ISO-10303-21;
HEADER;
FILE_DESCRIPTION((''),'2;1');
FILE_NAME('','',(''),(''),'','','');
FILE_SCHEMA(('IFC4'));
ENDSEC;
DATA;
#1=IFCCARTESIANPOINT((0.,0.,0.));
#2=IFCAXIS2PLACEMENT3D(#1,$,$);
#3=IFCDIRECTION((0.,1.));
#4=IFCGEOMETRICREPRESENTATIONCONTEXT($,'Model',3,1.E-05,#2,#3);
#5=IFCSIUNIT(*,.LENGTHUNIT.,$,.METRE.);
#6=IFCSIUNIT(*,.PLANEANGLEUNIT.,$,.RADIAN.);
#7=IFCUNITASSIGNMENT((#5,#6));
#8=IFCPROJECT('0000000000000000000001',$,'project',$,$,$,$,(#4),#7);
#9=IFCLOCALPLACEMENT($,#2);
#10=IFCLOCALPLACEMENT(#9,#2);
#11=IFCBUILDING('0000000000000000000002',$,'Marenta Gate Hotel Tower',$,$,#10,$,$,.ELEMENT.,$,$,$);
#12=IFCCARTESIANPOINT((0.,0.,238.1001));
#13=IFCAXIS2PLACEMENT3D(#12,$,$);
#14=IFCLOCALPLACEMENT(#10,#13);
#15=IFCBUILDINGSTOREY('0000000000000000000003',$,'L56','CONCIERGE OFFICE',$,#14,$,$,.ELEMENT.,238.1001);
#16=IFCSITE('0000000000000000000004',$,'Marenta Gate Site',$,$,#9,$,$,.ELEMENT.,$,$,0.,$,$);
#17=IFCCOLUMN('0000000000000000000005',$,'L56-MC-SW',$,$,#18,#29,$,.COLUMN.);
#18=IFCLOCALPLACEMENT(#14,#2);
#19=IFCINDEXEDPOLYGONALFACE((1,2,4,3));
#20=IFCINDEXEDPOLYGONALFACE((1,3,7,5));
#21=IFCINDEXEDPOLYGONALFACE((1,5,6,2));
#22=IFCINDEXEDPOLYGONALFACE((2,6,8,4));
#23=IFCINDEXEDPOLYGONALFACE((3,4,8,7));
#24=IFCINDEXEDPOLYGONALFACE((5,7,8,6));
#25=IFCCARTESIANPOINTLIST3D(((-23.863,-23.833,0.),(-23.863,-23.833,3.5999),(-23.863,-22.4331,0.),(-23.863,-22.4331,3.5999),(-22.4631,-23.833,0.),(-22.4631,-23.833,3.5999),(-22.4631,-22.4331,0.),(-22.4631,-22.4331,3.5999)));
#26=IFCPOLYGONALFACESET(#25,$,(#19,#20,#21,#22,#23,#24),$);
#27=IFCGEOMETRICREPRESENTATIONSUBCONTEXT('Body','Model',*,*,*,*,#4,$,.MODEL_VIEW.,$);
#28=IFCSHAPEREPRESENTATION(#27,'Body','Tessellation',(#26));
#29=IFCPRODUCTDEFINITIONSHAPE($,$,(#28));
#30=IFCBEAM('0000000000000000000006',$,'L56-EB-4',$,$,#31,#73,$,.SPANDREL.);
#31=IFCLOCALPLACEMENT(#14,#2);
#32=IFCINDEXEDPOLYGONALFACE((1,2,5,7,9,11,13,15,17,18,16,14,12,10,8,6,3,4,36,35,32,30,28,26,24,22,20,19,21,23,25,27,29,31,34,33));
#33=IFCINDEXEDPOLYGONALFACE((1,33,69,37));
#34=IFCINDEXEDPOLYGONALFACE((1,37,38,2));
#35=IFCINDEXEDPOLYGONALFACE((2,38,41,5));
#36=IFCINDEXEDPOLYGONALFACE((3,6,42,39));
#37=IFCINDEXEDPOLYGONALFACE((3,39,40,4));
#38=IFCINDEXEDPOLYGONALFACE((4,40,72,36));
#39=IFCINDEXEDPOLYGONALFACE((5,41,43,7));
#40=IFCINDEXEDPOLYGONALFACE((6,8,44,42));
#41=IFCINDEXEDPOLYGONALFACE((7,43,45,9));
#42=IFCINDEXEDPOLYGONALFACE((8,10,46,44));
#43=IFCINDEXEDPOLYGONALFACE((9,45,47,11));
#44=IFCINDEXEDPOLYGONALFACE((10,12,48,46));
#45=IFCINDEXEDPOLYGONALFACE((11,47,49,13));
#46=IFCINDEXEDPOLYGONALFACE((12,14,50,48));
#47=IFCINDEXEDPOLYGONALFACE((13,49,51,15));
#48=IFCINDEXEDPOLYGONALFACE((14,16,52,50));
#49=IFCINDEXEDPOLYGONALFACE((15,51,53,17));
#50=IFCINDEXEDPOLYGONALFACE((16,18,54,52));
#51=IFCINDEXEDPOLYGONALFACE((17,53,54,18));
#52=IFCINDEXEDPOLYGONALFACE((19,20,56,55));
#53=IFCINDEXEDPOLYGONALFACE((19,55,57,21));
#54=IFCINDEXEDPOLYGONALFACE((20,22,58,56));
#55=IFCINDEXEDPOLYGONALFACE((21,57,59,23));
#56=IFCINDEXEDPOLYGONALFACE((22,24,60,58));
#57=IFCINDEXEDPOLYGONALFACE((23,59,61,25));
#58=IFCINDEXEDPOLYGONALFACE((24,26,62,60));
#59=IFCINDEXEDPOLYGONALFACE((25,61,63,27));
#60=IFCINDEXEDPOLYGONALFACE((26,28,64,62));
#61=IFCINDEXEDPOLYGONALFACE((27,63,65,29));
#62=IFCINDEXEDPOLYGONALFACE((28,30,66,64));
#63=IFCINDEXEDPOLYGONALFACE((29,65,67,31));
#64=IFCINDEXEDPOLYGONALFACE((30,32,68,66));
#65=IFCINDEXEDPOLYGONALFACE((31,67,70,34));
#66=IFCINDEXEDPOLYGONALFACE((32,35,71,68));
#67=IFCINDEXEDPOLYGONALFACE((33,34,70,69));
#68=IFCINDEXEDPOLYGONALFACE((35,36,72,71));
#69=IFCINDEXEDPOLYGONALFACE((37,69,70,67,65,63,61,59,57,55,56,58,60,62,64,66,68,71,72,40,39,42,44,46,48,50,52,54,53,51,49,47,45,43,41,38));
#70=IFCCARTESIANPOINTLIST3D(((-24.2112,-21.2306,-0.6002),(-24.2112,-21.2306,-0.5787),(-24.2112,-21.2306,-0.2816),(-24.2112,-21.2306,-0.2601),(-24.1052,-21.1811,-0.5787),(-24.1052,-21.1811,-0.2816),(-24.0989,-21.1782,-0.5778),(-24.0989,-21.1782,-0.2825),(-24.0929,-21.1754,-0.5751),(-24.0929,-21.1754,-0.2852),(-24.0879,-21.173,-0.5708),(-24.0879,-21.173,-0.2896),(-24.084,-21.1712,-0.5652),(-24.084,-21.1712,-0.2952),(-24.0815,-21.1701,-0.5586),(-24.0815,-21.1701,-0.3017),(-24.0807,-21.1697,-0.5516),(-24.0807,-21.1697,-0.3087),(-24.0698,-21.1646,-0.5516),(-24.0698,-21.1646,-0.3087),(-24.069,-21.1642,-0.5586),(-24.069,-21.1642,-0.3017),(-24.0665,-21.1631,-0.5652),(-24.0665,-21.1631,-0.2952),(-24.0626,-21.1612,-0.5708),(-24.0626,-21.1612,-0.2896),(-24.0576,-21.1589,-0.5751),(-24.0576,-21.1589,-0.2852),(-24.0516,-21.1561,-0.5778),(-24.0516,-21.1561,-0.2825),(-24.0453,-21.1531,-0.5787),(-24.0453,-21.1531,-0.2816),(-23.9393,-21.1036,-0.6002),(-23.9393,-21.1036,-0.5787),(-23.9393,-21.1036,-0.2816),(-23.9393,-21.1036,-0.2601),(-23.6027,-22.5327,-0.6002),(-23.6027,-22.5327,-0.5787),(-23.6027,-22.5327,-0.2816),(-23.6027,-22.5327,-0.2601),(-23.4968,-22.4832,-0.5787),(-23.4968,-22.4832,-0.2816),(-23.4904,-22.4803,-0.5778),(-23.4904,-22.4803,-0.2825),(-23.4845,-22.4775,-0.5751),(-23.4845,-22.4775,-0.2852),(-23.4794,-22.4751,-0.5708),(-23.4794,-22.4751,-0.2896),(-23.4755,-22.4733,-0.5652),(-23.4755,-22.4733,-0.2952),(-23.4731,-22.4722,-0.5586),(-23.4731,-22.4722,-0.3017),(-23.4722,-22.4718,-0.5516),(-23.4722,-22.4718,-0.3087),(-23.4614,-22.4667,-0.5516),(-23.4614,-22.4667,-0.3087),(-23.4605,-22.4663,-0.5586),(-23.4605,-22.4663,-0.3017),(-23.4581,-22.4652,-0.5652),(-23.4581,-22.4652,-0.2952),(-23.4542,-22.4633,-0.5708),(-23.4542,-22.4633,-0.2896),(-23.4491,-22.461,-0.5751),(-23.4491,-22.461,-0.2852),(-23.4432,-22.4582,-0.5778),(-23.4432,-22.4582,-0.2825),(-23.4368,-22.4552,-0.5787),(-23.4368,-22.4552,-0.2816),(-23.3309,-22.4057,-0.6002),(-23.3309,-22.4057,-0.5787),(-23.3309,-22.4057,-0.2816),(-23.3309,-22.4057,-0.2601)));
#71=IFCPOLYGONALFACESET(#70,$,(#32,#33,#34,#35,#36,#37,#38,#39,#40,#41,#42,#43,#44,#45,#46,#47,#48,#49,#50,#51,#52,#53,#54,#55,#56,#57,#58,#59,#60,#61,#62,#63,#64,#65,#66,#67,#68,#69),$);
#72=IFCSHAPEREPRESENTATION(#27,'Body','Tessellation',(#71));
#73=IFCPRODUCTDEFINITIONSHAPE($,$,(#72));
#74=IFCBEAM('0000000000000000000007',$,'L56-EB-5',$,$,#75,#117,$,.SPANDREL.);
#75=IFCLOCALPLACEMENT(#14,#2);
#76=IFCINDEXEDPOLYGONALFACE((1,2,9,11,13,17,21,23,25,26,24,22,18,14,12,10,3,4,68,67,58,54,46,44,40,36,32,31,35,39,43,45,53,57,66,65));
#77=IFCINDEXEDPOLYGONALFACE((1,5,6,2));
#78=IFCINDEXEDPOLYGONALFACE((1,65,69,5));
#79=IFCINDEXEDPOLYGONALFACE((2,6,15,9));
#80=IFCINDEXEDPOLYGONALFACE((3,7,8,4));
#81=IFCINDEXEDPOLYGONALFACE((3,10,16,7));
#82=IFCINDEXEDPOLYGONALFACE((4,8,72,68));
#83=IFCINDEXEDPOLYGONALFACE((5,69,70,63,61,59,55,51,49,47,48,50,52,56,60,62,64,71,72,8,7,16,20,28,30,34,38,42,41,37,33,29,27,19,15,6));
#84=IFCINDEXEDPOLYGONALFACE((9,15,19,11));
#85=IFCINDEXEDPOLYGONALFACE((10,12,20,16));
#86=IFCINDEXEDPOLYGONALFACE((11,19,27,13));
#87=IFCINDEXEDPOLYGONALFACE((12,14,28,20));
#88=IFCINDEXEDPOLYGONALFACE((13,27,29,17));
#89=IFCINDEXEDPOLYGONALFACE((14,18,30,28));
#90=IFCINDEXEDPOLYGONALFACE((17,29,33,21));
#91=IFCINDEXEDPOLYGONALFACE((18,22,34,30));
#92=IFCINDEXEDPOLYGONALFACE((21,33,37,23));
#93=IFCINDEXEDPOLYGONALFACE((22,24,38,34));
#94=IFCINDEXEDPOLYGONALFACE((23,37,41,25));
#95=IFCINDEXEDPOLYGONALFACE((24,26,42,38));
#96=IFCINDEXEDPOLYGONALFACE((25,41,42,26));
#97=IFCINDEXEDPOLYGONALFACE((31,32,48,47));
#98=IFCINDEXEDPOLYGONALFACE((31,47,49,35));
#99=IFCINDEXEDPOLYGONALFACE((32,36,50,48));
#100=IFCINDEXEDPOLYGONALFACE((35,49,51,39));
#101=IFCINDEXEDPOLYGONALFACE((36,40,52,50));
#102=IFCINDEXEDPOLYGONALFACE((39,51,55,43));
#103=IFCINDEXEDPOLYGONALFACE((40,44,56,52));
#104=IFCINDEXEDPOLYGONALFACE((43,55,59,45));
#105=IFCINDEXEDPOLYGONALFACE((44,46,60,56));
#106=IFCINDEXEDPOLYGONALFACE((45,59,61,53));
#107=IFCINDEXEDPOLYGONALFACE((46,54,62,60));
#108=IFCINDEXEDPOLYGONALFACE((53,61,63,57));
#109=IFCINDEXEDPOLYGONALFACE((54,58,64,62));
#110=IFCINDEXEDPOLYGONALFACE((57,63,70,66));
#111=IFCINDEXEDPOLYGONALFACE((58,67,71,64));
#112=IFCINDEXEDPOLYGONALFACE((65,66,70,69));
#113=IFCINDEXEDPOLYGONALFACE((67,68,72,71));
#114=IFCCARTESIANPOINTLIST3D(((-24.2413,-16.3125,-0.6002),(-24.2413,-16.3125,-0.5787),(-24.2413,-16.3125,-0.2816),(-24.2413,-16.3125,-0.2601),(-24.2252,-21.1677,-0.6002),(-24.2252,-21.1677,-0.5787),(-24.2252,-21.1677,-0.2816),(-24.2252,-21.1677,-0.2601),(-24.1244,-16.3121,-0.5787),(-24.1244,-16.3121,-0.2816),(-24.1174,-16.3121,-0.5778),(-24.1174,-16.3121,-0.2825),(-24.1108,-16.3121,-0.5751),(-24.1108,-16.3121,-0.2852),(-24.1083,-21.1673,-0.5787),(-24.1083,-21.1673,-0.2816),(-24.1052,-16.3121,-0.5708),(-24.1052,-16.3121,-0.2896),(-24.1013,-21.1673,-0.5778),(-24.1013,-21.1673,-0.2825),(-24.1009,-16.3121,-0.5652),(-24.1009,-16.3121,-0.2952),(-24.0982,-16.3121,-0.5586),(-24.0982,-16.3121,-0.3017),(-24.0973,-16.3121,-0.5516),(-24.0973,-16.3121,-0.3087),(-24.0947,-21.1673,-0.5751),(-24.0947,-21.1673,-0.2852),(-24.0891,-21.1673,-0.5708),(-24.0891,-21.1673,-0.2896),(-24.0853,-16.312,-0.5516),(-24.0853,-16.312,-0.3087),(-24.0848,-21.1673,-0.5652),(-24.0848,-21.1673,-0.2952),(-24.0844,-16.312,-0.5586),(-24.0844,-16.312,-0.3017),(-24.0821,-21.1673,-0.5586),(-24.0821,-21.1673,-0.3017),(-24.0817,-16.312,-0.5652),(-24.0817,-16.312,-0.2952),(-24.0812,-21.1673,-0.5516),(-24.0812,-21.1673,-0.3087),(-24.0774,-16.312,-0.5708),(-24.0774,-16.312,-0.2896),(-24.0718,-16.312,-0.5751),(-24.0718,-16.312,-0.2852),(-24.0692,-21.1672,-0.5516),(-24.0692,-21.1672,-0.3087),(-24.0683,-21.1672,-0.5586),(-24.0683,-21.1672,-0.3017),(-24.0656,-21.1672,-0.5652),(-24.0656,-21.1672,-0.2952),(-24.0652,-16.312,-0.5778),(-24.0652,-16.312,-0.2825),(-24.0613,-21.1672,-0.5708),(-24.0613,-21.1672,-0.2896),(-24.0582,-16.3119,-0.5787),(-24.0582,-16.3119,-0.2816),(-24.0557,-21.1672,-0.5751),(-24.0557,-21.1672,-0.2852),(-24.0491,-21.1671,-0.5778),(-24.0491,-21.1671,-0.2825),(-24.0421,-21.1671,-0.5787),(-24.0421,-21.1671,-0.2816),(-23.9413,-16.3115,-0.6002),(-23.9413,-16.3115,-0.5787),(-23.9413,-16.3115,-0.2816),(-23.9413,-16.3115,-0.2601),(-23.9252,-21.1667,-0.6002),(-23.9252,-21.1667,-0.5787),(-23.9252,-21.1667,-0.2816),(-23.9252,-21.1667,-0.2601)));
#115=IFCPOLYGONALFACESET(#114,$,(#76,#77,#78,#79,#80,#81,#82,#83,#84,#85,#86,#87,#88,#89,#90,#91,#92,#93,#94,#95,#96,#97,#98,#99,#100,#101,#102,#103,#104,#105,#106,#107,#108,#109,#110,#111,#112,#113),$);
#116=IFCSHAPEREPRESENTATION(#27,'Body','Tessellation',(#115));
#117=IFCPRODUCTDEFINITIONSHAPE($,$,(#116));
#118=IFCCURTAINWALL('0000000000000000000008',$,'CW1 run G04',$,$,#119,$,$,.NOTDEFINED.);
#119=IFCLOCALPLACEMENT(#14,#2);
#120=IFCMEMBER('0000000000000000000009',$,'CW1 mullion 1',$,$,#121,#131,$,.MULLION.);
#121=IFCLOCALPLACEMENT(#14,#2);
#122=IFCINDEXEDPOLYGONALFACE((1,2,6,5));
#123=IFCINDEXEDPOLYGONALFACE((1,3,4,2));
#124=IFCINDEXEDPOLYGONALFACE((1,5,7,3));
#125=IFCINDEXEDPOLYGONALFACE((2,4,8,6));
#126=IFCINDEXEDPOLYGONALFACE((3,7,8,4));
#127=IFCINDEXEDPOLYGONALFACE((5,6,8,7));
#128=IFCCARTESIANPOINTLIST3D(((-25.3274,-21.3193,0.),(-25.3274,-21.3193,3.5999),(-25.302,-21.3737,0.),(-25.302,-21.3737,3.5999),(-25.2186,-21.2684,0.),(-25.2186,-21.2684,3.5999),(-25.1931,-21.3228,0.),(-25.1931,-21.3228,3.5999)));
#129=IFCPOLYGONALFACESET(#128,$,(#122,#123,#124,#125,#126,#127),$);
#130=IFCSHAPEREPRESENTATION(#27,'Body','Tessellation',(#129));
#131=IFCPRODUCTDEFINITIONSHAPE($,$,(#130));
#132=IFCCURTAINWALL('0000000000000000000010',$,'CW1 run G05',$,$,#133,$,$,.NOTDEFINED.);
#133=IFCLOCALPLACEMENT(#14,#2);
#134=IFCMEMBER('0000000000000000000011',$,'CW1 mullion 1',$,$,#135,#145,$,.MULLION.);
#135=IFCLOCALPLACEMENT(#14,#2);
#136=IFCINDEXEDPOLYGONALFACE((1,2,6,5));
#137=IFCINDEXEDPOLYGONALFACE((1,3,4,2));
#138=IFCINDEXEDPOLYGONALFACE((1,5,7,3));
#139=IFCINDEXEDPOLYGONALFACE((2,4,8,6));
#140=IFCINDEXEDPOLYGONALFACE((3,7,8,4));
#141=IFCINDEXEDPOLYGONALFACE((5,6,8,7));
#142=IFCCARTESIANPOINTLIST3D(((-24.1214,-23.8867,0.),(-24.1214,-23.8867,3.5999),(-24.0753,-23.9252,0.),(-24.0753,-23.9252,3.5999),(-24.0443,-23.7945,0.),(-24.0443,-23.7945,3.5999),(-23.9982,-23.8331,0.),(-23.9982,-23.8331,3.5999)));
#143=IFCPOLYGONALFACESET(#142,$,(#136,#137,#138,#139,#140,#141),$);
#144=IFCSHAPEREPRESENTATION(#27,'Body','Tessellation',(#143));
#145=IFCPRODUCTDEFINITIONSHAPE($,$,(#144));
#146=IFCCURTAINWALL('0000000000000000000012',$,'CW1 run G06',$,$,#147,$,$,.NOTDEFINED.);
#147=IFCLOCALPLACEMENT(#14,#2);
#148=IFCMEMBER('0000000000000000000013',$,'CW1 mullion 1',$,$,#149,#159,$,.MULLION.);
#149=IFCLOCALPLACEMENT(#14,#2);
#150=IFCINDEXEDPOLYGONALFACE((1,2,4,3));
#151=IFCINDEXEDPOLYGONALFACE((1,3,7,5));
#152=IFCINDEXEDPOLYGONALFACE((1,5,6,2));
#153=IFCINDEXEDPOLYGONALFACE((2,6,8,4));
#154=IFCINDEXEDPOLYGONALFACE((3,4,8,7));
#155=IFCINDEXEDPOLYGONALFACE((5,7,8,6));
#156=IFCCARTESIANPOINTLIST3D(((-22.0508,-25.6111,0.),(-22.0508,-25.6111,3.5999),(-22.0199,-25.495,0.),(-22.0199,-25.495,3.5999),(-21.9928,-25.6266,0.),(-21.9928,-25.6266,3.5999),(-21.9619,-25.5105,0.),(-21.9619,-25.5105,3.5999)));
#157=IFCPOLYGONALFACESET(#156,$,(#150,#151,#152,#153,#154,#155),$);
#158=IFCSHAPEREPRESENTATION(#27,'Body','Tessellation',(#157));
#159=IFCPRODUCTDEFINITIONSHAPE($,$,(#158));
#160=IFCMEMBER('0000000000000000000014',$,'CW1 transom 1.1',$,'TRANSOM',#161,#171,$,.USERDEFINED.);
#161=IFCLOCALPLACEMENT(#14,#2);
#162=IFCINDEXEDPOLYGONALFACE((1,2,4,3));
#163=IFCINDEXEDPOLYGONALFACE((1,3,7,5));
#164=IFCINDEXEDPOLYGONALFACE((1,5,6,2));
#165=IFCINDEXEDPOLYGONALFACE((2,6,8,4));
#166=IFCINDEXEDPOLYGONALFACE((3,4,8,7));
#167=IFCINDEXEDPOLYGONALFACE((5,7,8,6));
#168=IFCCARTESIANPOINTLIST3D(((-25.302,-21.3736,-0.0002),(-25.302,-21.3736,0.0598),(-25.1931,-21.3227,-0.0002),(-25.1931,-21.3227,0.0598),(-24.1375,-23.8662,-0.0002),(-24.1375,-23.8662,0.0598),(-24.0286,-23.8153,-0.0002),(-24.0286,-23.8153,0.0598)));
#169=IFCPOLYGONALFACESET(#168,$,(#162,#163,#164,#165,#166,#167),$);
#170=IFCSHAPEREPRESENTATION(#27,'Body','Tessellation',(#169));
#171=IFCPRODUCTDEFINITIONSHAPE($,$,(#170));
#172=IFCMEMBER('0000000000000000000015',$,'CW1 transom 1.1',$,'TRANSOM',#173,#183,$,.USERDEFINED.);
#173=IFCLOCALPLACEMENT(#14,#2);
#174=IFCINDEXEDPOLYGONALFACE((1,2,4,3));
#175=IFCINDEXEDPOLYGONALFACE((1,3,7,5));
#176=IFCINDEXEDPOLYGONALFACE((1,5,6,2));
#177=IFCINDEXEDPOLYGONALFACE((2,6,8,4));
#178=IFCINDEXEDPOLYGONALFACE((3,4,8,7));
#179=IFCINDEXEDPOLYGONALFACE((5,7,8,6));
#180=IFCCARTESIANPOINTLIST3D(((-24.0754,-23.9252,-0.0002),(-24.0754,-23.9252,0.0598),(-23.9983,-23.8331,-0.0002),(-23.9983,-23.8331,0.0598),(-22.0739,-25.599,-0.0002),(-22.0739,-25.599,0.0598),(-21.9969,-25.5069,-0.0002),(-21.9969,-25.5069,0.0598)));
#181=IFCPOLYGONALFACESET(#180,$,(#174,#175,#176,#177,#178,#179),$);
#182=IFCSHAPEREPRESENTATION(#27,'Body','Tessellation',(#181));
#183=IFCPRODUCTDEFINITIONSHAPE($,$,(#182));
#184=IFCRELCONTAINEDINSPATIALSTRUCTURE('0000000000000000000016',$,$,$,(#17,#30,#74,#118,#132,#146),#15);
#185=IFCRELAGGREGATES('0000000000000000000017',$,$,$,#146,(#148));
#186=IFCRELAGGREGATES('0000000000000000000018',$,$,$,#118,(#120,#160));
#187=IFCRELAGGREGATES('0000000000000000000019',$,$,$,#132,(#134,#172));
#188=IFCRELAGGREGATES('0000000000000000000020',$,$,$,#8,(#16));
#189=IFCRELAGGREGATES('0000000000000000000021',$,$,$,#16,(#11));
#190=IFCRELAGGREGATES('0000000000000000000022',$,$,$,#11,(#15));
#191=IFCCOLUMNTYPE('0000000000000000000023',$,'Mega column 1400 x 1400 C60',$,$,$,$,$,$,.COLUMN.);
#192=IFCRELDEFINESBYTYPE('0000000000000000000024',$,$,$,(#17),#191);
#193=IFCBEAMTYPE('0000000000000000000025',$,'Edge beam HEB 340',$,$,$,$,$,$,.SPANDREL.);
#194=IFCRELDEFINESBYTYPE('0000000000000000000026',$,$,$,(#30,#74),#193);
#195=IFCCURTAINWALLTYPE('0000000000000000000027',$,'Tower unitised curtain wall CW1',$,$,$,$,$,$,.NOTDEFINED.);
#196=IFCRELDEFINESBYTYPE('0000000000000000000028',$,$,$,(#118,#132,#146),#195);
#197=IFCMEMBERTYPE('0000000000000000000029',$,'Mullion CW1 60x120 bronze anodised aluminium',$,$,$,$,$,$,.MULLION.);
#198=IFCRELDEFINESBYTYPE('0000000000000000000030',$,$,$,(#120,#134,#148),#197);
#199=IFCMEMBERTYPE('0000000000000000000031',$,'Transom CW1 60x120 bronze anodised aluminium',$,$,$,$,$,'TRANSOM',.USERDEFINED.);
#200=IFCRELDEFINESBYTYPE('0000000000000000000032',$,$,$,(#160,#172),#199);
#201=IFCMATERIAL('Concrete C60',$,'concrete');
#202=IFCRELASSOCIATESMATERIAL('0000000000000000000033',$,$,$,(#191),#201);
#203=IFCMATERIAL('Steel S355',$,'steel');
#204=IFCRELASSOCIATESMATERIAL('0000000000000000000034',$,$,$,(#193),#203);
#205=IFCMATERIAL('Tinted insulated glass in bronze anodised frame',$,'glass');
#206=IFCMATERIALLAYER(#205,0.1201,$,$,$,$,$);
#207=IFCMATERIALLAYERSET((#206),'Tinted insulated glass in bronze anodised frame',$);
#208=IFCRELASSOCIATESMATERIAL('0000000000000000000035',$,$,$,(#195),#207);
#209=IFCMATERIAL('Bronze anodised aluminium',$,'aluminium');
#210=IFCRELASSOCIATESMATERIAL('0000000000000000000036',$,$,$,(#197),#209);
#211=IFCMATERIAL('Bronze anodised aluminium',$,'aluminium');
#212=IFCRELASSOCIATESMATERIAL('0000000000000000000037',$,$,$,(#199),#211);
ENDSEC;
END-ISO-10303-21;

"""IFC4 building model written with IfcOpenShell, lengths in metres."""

from ifc_helpers import new_model, si_unit, direction, frame, origin, origin_2d, place, context, subcontext, project, spatial, rectangle, i_section, extrude, material, layer, layer_set, material_profile, profile_set, type_object, element, aggregate, save


model = new_model("IFC4")

# Units and contexts
model_context = context("Model", 3, precision=1e-05, world=origin(), true_north=direction((0.0, 1.0)))
body_context = subcontext(model_context, "Body", "Model", "MODEL_VIEW")
ifc_project = project(units=[si_unit("LENGTHUNIT", "METRE"), si_unit("PLANEANGLEUNIT", "RADIAN")], contexts=[model_context])

# Site, building, storey
site_placement = place(None, origin())
site = spatial("IfcSite", under=ifc_project, at=site_placement, Name="Marenta Gate Site", CompositionType="ELEMENT", RefElevation=0.0)
building_placement = place(site_placement, origin())
building = spatial("IfcBuilding", under=site, at=building_placement, Name="Marenta Gate Hotel Tower", CompositionType="ELEMENT")
storey_placement = place(building_placement, frame((0.0, 0.0, 238.1001)))
storey = spatial("IfcBuildingStorey", under=building, at=storey_placement, Name="L56", Description="CONCIERGE OFFICE", CompositionType="ELEMENT", Elevation=238.1001)

# Column
ifc_material_1 = material(Name="Concrete C60", Category="concrete")
ifc_material_profile_1 = material_profile(ifc_material_1, rectangle(XDim=1.3999, YDim=1.3999, at=origin_2d()), Name="1400 x 1400")
ifc_profile_set_1 = profile_set([ifc_material_profile_1], Name="Concrete C60")
column_type = type_object("IfcColumnType", Name="Mega column 1400 x 1400 C60", PredefinedType="COLUMN", material=ifc_profile_set_1)
column_placement = place(storey_placement, frame((-23.1631, -23.1331, 0.0), z_axis=(0.0, 0.0, 1.0), x_axis=(1.0, 0.0, 0.0)))
element("IfcColumn", 1, at=column_placement, inside=storey, type_object=column_type, Name="L56-MC-SW", PredefinedType="COLUMN", context=body_context, shape_type="SweptSolid", body=[
    extrude(rectangle(XDim=1.3999, YDim=1.3999, at=origin_2d()), origin(), (0.0, 0.0, 1.0), 3.5999),
])

# Beams
ifc_material_2 = material(Name="Steel S355", Category="steel")
ifc_material_profile_2 = material_profile(ifc_material_2, i_section(OverallWidth=0.3, OverallDepth=0.3401, WebThickness=0.012, FlangeThickness=0.0215, FilletRadius=0.0271, at=origin_2d()), Name="HEB 340")
ifc_profile_set_2 = profile_set([ifc_material_profile_2], Name="Steel S355")
beam_type = type_object("IfcBeamType", Name="Edge beam HEB 340", PredefinedType="SPANDREL", material=ifc_profile_set_2)
beam_1_placement = place(storey_placement, frame((-23.4668, -22.4692, -0.4302), z_axis=(-0.423341, 0.90597, 0.0), x_axis=(-0.90597, -0.423341, 0.0)))
element("IfcBeam", 2, at=beam_1_placement, inside=storey, type_object=beam_type, Name="L56-EB-4", PredefinedType="SPANDREL", context=body_context, shape_type="SweptSolid", body=[
    extrude(i_section(OverallWidth=0.3, OverallDepth=0.3401, WebThickness=0.012, FlangeThickness=0.0215, FilletRadius=0.0271, at=origin_2d()), origin(), (0.0, 0.0, 1.0), 1.4373),
])
beam_2_placement = place(storey_placement, frame((-24.0752, -21.1672, -0.4302), z_axis=(-0.003319, 0.999994, 0.0), x_axis=(-0.999994, -0.003319, 0.0)))
element("IfcBeam", 3, at=beam_2_placement, inside=storey, type_object=beam_type, Name="L56-EB-5", PredefinedType="SPANDREL", context=body_context, shape_type="SweptSolid", body=[
    extrude(i_section(OverallWidth=0.3, OverallDepth=0.3401, WebThickness=0.012, FlangeThickness=0.0215, FilletRadius=0.0271, at=origin_2d()), origin(), (0.0, 0.0, 1.0), 4.8552),
])

# Curtain walls, members
ifc_material_3 = material(Name="Tinted insulated glass in bronze anodised frame", Category="glass")
ifc_layer_1 = layer(ifc_material_3, 0.1201)
ifc_layer_set_1 = layer_set([ifc_layer_1], Name="Tinted insulated glass in bronze anodised frame")
curtain_wall_type = type_object("IfcCurtainWallType", Name="Tower unitised curtain wall CW1", PredefinedType="NOTDEFINED", material=ifc_layer_set_1)
curtain_wall_1_placement = place(storey_placement, origin())
curtain_wall_1 = element("IfcCurtainWall", 4, at=curtain_wall_1_placement, inside=storey, type_object=curtain_wall_type, Name="CW1 run G04", PredefinedType="NOTDEFINED")
ifc_material_4 = material(Name="Bronze anodised aluminium", Category="aluminium")
ifc_material_profile_3 = material_profile(ifc_material_4, rectangle(XDim=0.1201, YDim=0.0601, at=origin_2d()), Name="Mullion CW1 60x120 bronze anodised aluminium")
ifc_profile_set_3 = profile_set([ifc_material_profile_3], Name="Bronze anodised aluminium")
member_type_1 = type_object("IfcMemberType", Name="Mullion CW1 60x120 bronze anodised aluminium", PredefinedType="MULLION", material=ifc_profile_set_3)
member_1_placement = place(storey_placement, frame((-25.2603, -21.321, 0.0), z_axis=(0.0, 0.0, 1.0), x_axis=(0.905972, 0.423337, 0.0)))
member_1 = element("IfcMember", 5, at=member_1_placement, type_object=member_type_1, Name="CW1 mullion 1", PredefinedType="MULLION", context=body_context, shape_type="SweptSolid", body=[
    extrude(rectangle(XDim=0.1201, YDim=0.0601, at=origin_2d()), origin(), (0.0, 0.0, 1.0), 3.5999),
])
curtain_wall_2_placement = place(storey_placement, origin())
curtain_wall_2 = element("IfcCurtainWall", 6, at=curtain_wall_2_placement, inside=storey, type_object=curtain_wall_type, Name="CW1 run G05", PredefinedType="NOTDEFINED")
member_2_placement = place(storey_placement, frame((-24.0598, -23.8599, 0.0), z_axis=(0.0, 0.0, 1.0), x_axis=(0.641525, 0.767102, 0.0)))
member_2 = element("IfcMember", 7, at=member_2_placement, type_object=member_type_1, Name="CW1 mullion 1", PredefinedType="MULLION", context=body_context, shape_type="SweptSolid", body=[
    extrude(rectangle(XDim=0.1201, YDim=0.0601, at=origin_2d()), origin(), (0.0, 0.0, 1.0), 3.5999),
])
curtain_wall_3_placement = place(storey_placement, origin())
curtain_wall_3 = element("IfcCurtainWall", 8, at=curtain_wall_3_placement, inside=storey, type_object=curtain_wall_type, Name="CW1 run G06", PredefinedType="NOTDEFINED")
member_3_placement = place(storey_placement, frame((-22.0063, -25.5608, 0.0), z_axis=(0.0, 0.0, 1.0), x_axis=(0.257139, 0.966374, 0.0)))
member_3 = element("IfcMember", 9, at=member_3_placement, type_object=member_type_1, Name="CW1 mullion 1", PredefinedType="MULLION", context=body_context, shape_type="SweptSolid", body=[
    extrude(rectangle(XDim=0.1201, YDim=0.0601, at=origin_2d()), origin(), (0.0, 0.0, 1.0), 3.5999),
])
aggregate(curtain_wall_3, [member_3])

# Members
ifc_material_5 = material(Name="Bronze anodised aluminium", Category="aluminium")
ifc_material_profile_4 = material_profile(ifc_material_5, rectangle(XDim=0.1201, YDim=0.0601, at=origin_2d()), Name="Transom CW1 60x120 bronze anodised aluminium")
ifc_profile_set_4 = profile_set([ifc_material_profile_4], Name="Bronze anodised aluminium")
member_type_2 = type_object("IfcMemberType", Name="Transom CW1 60x120 bronze anodised aluminium", ElementType="TRANSOM", PredefinedType="USERDEFINED", material=ifc_profile_set_4)
member_4_placement = place(storey_placement, frame((-25.2476, -21.3481, 0.0298), z_axis=(0.423274, -0.906002, 0.0), x_axis=(0.906002, 0.423274, 0.0)))
member_4 = element("IfcMember", 10, at=member_4_placement, type_object=member_type_2, Name="CW1 transom 1.1", ObjectType="TRANSOM", PredefinedType="USERDEFINED", context=body_context, shape_type="SweptSolid", body=[
    extrude(rectangle(XDim=0.1201, YDim=0.0601, at=origin_2d()), origin(), (0.0, 0.0, 1.0), 2.7512),
])
member_5_placement = place(storey_placement, frame((-24.0369, -23.8792, 0.0298), z_axis=(0.7671, -0.641527, 0.0), x_axis=(0.641527, 0.7671, 0.0)))
member_5 = element("IfcMember", 11, at=member_5_placement, type_object=member_type_2, Name="CW1 transom 1.1", ObjectType="TRANSOM", PredefinedType="USERDEFINED", context=body_context, shape_type="SweptSolid", body=[
    extrude(rectangle(XDim=0.1201, YDim=0.0601, at=origin_2d()), origin(), (0.0, 0.0, 1.0), 2.6091),
])

aggregate(curtain_wall_1, [member_1, member_4])
aggregate(curtain_wall_2, [member_2, member_5])

save(model, "model.ifc")
